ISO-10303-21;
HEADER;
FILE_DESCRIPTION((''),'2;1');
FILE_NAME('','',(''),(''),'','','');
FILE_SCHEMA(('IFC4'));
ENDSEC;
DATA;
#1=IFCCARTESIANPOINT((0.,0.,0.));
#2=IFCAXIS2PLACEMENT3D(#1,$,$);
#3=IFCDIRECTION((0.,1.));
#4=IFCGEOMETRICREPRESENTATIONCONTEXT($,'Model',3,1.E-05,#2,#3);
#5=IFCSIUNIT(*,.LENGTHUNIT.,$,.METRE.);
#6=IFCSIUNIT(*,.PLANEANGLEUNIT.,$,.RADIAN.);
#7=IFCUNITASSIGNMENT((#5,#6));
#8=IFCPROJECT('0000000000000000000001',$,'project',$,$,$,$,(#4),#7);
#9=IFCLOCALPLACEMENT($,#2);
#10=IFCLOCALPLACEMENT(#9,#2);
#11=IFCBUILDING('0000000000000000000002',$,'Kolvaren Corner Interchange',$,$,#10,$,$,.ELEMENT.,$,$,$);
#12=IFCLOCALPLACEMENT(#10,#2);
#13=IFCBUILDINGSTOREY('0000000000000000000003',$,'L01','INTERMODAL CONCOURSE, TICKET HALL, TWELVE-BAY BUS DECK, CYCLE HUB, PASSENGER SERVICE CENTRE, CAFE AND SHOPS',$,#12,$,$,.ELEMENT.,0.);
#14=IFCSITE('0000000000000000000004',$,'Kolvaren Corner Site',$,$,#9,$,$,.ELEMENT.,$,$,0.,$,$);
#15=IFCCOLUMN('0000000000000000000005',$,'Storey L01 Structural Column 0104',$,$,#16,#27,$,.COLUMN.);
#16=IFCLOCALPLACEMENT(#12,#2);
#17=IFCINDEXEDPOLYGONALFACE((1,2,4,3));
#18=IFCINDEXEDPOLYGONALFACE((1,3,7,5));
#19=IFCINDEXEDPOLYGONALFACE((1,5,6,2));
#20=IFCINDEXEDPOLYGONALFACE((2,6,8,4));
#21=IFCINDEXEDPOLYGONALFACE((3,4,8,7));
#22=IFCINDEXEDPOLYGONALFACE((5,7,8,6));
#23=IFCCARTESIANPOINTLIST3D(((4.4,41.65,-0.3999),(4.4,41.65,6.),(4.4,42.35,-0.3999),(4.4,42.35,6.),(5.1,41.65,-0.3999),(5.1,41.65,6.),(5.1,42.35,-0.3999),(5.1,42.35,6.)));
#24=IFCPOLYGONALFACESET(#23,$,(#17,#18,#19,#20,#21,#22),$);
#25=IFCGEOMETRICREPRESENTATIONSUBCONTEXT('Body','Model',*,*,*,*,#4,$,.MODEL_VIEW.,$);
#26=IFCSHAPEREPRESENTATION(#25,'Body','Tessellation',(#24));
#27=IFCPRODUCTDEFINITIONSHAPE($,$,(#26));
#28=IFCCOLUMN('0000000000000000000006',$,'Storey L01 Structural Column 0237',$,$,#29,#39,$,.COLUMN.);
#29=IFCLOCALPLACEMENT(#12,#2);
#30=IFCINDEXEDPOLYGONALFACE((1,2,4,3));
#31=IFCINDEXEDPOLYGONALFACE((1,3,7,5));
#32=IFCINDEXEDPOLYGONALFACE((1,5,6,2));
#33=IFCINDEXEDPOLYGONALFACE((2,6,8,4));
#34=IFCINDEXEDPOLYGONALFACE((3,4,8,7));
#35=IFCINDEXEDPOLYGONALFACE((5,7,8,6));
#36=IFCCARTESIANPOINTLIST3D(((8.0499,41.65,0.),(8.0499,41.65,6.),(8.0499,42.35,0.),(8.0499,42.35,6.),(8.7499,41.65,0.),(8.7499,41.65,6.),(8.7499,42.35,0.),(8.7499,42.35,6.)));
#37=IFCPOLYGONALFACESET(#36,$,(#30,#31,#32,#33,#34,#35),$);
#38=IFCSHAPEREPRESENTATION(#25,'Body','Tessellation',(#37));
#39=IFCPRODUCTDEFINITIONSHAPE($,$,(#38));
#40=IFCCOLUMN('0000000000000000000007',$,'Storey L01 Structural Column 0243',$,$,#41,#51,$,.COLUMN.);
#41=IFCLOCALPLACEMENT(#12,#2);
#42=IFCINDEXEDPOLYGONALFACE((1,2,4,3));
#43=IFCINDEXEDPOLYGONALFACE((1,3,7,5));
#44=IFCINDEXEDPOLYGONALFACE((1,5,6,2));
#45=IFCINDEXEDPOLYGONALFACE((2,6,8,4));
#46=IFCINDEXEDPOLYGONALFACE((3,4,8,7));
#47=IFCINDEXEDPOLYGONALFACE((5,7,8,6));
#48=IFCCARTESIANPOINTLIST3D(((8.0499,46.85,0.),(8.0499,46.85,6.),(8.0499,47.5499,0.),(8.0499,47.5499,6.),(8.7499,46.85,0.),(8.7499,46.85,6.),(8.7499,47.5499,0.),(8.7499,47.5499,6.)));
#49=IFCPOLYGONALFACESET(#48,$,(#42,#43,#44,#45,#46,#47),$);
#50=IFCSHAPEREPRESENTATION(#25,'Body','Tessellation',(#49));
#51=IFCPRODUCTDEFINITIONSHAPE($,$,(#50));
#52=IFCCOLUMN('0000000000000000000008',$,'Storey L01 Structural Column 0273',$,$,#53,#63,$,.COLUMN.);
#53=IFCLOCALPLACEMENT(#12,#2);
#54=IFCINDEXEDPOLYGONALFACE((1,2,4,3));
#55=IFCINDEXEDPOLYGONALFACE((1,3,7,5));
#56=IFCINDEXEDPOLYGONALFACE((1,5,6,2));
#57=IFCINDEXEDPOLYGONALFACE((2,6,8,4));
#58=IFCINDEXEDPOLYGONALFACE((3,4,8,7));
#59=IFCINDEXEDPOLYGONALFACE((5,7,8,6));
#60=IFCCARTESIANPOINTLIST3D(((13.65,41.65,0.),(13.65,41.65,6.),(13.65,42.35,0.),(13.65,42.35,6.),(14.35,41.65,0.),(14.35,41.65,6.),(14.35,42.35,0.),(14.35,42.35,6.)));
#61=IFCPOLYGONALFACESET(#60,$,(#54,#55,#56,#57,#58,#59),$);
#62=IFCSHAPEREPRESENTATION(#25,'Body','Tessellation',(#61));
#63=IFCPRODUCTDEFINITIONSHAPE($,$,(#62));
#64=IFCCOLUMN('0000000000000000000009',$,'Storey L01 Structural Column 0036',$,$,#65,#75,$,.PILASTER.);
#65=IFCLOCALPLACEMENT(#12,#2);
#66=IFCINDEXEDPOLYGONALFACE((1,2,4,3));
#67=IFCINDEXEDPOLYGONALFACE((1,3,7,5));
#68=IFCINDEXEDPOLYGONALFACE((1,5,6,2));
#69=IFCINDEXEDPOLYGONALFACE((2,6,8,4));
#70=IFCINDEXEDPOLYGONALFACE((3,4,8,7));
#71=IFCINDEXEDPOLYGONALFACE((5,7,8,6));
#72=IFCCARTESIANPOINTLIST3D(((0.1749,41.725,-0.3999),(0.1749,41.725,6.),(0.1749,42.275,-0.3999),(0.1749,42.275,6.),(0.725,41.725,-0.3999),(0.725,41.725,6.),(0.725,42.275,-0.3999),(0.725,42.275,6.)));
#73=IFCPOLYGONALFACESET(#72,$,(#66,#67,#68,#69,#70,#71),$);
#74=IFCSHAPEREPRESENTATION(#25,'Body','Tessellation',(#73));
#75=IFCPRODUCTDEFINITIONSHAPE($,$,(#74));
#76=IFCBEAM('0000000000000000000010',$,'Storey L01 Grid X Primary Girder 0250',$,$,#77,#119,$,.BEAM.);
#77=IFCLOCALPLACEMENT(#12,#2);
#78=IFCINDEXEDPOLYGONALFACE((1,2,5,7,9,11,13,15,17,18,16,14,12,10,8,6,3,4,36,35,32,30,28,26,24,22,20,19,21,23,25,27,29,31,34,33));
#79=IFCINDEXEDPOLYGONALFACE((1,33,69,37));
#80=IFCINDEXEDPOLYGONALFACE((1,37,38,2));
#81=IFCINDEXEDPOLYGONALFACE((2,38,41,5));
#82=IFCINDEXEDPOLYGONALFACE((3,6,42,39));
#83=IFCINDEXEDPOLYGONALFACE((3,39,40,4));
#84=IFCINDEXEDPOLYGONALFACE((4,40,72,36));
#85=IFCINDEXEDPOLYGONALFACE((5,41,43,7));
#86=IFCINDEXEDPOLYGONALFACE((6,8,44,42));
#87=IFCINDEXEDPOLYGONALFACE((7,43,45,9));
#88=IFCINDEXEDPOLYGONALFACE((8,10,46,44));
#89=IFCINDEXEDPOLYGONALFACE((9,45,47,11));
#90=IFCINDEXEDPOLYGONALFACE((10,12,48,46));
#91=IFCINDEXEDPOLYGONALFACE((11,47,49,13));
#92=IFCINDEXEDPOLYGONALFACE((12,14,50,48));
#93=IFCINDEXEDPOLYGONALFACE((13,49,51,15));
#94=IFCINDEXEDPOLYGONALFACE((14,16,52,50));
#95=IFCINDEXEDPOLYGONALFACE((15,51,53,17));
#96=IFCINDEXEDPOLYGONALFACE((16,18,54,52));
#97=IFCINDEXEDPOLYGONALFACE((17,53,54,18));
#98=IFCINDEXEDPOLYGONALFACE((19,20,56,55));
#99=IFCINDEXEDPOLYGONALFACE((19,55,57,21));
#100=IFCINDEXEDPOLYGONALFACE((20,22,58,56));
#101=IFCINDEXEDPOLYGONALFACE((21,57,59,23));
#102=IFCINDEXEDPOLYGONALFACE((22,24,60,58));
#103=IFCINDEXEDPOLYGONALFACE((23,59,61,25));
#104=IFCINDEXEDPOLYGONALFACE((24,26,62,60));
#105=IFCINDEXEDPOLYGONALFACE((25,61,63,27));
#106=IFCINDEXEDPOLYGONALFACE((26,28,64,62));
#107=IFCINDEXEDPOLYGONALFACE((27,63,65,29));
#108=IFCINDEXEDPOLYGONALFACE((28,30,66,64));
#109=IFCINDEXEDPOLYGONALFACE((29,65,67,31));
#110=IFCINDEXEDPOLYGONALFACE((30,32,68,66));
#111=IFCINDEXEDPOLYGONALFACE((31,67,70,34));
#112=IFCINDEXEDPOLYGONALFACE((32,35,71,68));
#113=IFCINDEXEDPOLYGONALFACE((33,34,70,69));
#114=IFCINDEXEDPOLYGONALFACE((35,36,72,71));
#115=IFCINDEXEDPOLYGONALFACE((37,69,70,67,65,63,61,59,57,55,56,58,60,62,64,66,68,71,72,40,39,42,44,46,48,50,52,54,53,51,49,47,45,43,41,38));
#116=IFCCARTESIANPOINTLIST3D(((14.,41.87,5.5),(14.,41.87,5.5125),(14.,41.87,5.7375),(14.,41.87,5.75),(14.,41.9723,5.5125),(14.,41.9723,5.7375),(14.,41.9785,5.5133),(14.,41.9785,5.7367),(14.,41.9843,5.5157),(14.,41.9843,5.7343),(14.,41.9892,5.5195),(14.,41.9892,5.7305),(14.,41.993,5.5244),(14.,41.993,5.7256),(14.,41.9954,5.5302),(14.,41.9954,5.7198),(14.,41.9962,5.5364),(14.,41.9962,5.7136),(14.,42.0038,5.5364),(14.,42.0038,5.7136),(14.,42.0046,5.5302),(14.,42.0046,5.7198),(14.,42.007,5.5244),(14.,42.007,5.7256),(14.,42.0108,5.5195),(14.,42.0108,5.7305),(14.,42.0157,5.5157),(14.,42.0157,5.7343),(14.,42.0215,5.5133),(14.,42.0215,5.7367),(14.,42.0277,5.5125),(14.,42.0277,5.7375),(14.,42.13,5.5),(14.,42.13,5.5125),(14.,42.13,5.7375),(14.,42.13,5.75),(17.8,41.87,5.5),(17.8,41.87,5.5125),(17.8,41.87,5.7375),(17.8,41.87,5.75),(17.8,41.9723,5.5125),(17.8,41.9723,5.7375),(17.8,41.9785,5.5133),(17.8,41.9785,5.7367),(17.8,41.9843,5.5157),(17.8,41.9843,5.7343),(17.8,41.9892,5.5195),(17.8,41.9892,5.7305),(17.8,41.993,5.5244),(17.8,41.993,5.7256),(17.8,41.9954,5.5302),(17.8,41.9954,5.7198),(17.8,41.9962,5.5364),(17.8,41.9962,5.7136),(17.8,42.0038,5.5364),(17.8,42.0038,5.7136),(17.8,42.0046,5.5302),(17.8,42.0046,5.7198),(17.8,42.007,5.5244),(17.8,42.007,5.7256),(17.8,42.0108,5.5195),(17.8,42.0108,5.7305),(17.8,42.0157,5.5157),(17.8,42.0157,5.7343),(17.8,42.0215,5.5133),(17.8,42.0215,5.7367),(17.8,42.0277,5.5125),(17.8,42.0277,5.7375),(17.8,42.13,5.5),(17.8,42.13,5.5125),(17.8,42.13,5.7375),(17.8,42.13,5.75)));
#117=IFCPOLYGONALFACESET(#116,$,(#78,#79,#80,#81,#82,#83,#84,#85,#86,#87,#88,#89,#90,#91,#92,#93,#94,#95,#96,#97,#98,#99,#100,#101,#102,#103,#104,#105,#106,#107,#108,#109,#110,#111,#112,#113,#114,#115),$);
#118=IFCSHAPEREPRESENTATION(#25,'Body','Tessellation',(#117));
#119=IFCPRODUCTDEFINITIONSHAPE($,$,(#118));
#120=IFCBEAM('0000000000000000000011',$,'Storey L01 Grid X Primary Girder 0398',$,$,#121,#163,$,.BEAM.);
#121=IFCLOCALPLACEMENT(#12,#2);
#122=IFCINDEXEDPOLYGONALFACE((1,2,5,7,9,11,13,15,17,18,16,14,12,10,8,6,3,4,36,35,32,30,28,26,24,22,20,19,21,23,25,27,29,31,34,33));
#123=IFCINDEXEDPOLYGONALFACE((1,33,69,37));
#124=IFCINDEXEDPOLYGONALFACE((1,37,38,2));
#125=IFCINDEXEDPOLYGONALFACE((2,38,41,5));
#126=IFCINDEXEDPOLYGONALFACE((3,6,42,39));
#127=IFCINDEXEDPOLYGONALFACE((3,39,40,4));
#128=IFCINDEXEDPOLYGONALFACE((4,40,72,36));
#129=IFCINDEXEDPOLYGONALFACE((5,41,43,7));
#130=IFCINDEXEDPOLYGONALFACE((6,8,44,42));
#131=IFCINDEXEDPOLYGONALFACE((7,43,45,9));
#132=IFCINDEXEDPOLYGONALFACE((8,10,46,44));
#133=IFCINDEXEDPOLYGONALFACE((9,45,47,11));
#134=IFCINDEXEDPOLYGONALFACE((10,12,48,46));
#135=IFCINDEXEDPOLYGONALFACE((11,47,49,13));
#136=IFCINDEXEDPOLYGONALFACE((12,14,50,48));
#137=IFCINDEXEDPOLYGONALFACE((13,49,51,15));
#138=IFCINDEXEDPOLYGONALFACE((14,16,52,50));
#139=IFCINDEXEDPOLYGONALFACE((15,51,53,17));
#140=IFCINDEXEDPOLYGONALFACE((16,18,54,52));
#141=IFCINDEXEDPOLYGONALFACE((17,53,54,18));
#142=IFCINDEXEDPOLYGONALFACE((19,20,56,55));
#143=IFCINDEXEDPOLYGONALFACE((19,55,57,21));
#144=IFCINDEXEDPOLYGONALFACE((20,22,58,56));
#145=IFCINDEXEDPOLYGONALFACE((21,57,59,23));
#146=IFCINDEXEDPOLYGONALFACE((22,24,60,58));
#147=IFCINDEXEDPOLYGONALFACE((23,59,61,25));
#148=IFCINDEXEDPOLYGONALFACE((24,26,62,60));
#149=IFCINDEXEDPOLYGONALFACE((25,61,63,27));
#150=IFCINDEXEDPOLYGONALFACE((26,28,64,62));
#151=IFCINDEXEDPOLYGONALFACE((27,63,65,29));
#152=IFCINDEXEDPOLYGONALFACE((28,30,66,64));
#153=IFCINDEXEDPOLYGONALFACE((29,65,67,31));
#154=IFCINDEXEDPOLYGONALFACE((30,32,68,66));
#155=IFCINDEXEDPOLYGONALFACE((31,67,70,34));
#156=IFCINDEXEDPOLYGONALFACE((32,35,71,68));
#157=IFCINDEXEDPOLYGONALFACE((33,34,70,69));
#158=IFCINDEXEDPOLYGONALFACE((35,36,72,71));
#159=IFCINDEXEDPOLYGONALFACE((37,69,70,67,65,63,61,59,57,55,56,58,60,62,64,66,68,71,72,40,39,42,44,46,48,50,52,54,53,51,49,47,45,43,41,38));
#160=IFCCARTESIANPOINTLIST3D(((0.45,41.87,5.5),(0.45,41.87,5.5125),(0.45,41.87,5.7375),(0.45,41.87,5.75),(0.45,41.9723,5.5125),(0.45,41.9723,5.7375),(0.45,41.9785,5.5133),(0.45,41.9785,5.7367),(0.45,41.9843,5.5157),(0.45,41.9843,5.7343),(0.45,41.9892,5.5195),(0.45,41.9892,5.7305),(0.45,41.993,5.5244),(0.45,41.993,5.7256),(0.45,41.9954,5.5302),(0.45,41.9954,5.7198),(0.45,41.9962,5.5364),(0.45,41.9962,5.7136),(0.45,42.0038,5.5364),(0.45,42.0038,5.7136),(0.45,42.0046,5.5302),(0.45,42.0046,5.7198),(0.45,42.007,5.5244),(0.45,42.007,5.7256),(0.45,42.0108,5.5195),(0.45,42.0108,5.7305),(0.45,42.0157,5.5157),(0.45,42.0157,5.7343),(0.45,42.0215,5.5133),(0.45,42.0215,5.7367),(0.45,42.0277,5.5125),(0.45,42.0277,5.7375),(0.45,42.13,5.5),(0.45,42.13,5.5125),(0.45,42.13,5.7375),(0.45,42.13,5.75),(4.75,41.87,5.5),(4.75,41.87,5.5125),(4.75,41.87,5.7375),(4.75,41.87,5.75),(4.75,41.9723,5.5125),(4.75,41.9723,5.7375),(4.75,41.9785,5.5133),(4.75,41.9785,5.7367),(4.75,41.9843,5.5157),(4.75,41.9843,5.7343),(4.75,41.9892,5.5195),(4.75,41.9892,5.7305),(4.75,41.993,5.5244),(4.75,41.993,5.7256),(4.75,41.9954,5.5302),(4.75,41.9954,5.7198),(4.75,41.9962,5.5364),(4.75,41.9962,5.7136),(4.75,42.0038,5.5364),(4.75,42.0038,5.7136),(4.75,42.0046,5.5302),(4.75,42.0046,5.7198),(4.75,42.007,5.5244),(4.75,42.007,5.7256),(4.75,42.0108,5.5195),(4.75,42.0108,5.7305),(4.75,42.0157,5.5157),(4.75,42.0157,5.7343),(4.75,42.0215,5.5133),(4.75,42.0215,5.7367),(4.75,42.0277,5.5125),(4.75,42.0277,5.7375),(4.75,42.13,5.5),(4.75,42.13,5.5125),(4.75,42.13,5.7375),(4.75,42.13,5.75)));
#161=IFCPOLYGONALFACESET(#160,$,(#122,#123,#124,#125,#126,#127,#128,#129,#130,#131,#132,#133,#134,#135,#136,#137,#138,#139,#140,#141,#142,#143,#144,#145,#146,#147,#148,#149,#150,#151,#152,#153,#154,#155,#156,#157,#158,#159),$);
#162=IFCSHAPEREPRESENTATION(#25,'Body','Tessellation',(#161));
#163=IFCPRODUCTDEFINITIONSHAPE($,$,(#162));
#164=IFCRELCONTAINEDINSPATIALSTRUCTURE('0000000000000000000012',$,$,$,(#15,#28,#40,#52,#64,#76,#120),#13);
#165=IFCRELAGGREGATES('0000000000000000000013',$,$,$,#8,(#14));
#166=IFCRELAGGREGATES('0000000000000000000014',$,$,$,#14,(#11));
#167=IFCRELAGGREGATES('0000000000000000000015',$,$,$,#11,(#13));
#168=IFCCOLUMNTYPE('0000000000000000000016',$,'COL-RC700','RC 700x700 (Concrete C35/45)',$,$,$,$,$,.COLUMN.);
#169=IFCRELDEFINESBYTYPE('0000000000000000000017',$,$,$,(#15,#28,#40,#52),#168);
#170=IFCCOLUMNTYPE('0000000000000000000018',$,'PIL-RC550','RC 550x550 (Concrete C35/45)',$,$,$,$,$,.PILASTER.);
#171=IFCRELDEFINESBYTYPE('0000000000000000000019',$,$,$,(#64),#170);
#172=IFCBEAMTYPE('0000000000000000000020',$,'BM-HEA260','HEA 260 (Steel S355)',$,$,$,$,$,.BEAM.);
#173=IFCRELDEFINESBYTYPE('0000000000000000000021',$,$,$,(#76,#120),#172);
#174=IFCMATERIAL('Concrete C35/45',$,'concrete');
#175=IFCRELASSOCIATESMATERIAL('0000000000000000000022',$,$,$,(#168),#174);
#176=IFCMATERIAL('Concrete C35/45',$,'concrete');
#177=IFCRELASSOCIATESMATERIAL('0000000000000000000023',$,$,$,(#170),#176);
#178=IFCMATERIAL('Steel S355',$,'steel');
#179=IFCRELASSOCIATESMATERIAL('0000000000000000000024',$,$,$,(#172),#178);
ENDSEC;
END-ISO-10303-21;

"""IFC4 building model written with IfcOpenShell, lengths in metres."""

from ifc_helpers import new_model, si_unit, direction, frame, origin, origin_2d, place, context, subcontext, project, spatial, rectangle, i_section, extrude, material, material_profile, profile_set, type_object, element, save


model = new_model("IFC4")

# Units and contexts
model_context = context("Model", 3, precision=1e-05, world=origin(), true_north=direction((0.0, 1.0)))
body_context = subcontext(model_context, "Body", "Model", "MODEL_VIEW")
ifc_project = project(units=[si_unit("LENGTHUNIT", "METRE"), si_unit("PLANEANGLEUNIT", "RADIAN")], contexts=[model_context])

# Site, building, storey
site_placement = place(None, origin())
site = spatial("IfcSite", under=ifc_project, at=site_placement, Name="Kolvaren Corner Site", CompositionType="ELEMENT", RefElevation=0.0)
building_placement = place(site_placement, origin())
building = spatial("IfcBuilding", under=site, at=building_placement, Name="Kolvaren Corner Interchange", CompositionType="ELEMENT")
storey_placement = place(building_placement, origin())
storey = spatial("IfcBuildingStorey", under=building, at=storey_placement, Name="L01", Description="INTERMODAL CONCOURSE, TICKET HALL, TWELVE-BAY BUS DECK, CYCLE HUB, PASSENGER SERVICE CENTRE, CAFE AND SHOPS", CompositionType="ELEMENT", Elevation=0.0)

# Columns
ifc_material_1 = material(Name="Concrete C35/45", Category="concrete")
ifc_material_profile_1 = material_profile(ifc_material_1, rectangle(XDim=0.7, YDim=0.7, at=origin_2d()), Name="RC 700x700")
ifc_profile_set_1 = profile_set([ifc_material_profile_1], Name="Concrete C35/45")
column_type_1 = type_object("IfcColumnType", Name="COL-RC700", Description="RC 700x700 (Concrete C35/45)", PredefinedType="COLUMN", material=ifc_profile_set_1)
column_1_placement = place(storey_placement, frame((4.75, 42.0, -0.3999), z_axis=(0.0, 0.0, 1.0), x_axis=(1.0, 0.0, 0.0)))
element("IfcColumn", 1, at=column_1_placement, inside=storey, type_object=column_type_1, Name="Storey L01 Structural Column 0104", PredefinedType="COLUMN", context=body_context, shape_type="SweptSolid", body=[
    extrude(rectangle(XDim=0.7, YDim=0.7, at=origin_2d()), origin(), (0.0, 0.0, 1.0), 6.3999),
])
for number, where, z_axis, x_axis, name in (
    (2, (8.3999, 42.0, 0.0), (0.0, 0.0, 1.0), (1.0, 0.0, 0.0), "Storey L01 Structural Column 0237"),
    (3, (8.3999, 47.2, 0.0), (0.0, 0.0, 1.0), (1.0, 0.0, 0.0), "Storey L01 Structural Column 0243"),
    (4, (14.0, 42.0, 0.0), (0.0, 0.0, 1.0), (1.0, 0.0, 0.0), "Storey L01 Structural Column 0273"),
):
    element("IfcColumn", number, at=place(storey_placement, frame(where, z_axis=z_axis, x_axis=x_axis)), inside=storey, type_object=column_type_1, Name=name, PredefinedType="COLUMN", context=body_context, shape_type="SweptSolid", body=[
        extrude(rectangle(XDim=0.7, YDim=0.7, at=origin_2d()), origin(), (0.0, 0.0, 1.0), 6.0),
    ])
ifc_material_2 = material(Name="Concrete C35/45", Category="concrete")
ifc_material_profile_2 = material_profile(ifc_material_2, rectangle(XDim=0.55, YDim=0.55, at=origin_2d()), Name="RC 550x550")
ifc_profile_set_2 = profile_set([ifc_material_profile_2], Name="Concrete C35/45")
column_type_2 = type_object("IfcColumnType", Name="PIL-RC550", Description="RC 550x550 (Concrete C35/45)", PredefinedType="PILASTER", material=ifc_profile_set_2)
column_2_placement = place(storey_placement, frame((0.45, 42.0, -0.3999), z_axis=(0.0, 0.0, 1.0), x_axis=(1.0, 0.0, 0.0)))
element("IfcColumn", 5, at=column_2_placement, inside=storey, type_object=column_type_2, Name="Storey L01 Structural Column 0036", PredefinedType="PILASTER", context=body_context, shape_type="SweptSolid", body=[
    extrude(rectangle(XDim=0.55, YDim=0.55, at=origin_2d()), origin(), (0.0, 0.0, 1.0), 6.3999),
])

# Beams
ifc_material_3 = material(Name="Steel S355", Category="steel")
ifc_material_profile_3 = material_profile(ifc_material_3, i_section(OverallWidth=0.26, OverallDepth=0.25, WebThickness=0.0076, FlangeThickness=0.0125, FilletRadius=0.0239, at=origin_2d()), Name="HEA 260")
ifc_profile_set_3 = profile_set([ifc_material_profile_3], Name="Steel S355")
beam_type_1 = type_object("IfcBeamType", Name="BM-HEA260", Description="HEA 260 (Steel S355)", PredefinedType="BEAM", material=ifc_profile_set_3)
beam_1_placement = place(storey_placement, frame((14.0, 42.0, 5.625), z_axis=(1.0, 0.0, 0.0), x_axis=(0.0, 1.0, 0.0)))
element("IfcBeam", 6, at=beam_1_placement, inside=storey, type_object=beam_type_1, Name="Storey L01 Grid X Primary Girder 0250", PredefinedType="BEAM", context=body_context, shape_type="SweptSolid", body=[
    extrude(i_section(OverallWidth=0.26, OverallDepth=0.25, WebThickness=0.0076, FlangeThickness=0.0125, FilletRadius=0.0239, at=origin_2d()), origin(), (0.0, 0.0, 1.0), 3.8),
])
beam_2_placement = place(storey_placement, frame((0.45, 42.0, 5.625), z_axis=(1.0, 0.0, 0.0), x_axis=(0.0, 1.0, 0.0)))
element("IfcBeam", 7, at=beam_2_placement, inside=storey, type_object=beam_type_1, Name="Storey L01 Grid X Primary Girder 0398", PredefinedType="BEAM", context=body_context, shape_type="SweptSolid", body=[
    extrude(i_section(OverallWidth=0.26, OverallDepth=0.25, WebThickness=0.0076, FlangeThickness=0.0125, FilletRadius=0.0239, at=origin_2d()), origin(), (0.0, 0.0, 1.0), 4.3),
])

save(model, "model.ifc")
